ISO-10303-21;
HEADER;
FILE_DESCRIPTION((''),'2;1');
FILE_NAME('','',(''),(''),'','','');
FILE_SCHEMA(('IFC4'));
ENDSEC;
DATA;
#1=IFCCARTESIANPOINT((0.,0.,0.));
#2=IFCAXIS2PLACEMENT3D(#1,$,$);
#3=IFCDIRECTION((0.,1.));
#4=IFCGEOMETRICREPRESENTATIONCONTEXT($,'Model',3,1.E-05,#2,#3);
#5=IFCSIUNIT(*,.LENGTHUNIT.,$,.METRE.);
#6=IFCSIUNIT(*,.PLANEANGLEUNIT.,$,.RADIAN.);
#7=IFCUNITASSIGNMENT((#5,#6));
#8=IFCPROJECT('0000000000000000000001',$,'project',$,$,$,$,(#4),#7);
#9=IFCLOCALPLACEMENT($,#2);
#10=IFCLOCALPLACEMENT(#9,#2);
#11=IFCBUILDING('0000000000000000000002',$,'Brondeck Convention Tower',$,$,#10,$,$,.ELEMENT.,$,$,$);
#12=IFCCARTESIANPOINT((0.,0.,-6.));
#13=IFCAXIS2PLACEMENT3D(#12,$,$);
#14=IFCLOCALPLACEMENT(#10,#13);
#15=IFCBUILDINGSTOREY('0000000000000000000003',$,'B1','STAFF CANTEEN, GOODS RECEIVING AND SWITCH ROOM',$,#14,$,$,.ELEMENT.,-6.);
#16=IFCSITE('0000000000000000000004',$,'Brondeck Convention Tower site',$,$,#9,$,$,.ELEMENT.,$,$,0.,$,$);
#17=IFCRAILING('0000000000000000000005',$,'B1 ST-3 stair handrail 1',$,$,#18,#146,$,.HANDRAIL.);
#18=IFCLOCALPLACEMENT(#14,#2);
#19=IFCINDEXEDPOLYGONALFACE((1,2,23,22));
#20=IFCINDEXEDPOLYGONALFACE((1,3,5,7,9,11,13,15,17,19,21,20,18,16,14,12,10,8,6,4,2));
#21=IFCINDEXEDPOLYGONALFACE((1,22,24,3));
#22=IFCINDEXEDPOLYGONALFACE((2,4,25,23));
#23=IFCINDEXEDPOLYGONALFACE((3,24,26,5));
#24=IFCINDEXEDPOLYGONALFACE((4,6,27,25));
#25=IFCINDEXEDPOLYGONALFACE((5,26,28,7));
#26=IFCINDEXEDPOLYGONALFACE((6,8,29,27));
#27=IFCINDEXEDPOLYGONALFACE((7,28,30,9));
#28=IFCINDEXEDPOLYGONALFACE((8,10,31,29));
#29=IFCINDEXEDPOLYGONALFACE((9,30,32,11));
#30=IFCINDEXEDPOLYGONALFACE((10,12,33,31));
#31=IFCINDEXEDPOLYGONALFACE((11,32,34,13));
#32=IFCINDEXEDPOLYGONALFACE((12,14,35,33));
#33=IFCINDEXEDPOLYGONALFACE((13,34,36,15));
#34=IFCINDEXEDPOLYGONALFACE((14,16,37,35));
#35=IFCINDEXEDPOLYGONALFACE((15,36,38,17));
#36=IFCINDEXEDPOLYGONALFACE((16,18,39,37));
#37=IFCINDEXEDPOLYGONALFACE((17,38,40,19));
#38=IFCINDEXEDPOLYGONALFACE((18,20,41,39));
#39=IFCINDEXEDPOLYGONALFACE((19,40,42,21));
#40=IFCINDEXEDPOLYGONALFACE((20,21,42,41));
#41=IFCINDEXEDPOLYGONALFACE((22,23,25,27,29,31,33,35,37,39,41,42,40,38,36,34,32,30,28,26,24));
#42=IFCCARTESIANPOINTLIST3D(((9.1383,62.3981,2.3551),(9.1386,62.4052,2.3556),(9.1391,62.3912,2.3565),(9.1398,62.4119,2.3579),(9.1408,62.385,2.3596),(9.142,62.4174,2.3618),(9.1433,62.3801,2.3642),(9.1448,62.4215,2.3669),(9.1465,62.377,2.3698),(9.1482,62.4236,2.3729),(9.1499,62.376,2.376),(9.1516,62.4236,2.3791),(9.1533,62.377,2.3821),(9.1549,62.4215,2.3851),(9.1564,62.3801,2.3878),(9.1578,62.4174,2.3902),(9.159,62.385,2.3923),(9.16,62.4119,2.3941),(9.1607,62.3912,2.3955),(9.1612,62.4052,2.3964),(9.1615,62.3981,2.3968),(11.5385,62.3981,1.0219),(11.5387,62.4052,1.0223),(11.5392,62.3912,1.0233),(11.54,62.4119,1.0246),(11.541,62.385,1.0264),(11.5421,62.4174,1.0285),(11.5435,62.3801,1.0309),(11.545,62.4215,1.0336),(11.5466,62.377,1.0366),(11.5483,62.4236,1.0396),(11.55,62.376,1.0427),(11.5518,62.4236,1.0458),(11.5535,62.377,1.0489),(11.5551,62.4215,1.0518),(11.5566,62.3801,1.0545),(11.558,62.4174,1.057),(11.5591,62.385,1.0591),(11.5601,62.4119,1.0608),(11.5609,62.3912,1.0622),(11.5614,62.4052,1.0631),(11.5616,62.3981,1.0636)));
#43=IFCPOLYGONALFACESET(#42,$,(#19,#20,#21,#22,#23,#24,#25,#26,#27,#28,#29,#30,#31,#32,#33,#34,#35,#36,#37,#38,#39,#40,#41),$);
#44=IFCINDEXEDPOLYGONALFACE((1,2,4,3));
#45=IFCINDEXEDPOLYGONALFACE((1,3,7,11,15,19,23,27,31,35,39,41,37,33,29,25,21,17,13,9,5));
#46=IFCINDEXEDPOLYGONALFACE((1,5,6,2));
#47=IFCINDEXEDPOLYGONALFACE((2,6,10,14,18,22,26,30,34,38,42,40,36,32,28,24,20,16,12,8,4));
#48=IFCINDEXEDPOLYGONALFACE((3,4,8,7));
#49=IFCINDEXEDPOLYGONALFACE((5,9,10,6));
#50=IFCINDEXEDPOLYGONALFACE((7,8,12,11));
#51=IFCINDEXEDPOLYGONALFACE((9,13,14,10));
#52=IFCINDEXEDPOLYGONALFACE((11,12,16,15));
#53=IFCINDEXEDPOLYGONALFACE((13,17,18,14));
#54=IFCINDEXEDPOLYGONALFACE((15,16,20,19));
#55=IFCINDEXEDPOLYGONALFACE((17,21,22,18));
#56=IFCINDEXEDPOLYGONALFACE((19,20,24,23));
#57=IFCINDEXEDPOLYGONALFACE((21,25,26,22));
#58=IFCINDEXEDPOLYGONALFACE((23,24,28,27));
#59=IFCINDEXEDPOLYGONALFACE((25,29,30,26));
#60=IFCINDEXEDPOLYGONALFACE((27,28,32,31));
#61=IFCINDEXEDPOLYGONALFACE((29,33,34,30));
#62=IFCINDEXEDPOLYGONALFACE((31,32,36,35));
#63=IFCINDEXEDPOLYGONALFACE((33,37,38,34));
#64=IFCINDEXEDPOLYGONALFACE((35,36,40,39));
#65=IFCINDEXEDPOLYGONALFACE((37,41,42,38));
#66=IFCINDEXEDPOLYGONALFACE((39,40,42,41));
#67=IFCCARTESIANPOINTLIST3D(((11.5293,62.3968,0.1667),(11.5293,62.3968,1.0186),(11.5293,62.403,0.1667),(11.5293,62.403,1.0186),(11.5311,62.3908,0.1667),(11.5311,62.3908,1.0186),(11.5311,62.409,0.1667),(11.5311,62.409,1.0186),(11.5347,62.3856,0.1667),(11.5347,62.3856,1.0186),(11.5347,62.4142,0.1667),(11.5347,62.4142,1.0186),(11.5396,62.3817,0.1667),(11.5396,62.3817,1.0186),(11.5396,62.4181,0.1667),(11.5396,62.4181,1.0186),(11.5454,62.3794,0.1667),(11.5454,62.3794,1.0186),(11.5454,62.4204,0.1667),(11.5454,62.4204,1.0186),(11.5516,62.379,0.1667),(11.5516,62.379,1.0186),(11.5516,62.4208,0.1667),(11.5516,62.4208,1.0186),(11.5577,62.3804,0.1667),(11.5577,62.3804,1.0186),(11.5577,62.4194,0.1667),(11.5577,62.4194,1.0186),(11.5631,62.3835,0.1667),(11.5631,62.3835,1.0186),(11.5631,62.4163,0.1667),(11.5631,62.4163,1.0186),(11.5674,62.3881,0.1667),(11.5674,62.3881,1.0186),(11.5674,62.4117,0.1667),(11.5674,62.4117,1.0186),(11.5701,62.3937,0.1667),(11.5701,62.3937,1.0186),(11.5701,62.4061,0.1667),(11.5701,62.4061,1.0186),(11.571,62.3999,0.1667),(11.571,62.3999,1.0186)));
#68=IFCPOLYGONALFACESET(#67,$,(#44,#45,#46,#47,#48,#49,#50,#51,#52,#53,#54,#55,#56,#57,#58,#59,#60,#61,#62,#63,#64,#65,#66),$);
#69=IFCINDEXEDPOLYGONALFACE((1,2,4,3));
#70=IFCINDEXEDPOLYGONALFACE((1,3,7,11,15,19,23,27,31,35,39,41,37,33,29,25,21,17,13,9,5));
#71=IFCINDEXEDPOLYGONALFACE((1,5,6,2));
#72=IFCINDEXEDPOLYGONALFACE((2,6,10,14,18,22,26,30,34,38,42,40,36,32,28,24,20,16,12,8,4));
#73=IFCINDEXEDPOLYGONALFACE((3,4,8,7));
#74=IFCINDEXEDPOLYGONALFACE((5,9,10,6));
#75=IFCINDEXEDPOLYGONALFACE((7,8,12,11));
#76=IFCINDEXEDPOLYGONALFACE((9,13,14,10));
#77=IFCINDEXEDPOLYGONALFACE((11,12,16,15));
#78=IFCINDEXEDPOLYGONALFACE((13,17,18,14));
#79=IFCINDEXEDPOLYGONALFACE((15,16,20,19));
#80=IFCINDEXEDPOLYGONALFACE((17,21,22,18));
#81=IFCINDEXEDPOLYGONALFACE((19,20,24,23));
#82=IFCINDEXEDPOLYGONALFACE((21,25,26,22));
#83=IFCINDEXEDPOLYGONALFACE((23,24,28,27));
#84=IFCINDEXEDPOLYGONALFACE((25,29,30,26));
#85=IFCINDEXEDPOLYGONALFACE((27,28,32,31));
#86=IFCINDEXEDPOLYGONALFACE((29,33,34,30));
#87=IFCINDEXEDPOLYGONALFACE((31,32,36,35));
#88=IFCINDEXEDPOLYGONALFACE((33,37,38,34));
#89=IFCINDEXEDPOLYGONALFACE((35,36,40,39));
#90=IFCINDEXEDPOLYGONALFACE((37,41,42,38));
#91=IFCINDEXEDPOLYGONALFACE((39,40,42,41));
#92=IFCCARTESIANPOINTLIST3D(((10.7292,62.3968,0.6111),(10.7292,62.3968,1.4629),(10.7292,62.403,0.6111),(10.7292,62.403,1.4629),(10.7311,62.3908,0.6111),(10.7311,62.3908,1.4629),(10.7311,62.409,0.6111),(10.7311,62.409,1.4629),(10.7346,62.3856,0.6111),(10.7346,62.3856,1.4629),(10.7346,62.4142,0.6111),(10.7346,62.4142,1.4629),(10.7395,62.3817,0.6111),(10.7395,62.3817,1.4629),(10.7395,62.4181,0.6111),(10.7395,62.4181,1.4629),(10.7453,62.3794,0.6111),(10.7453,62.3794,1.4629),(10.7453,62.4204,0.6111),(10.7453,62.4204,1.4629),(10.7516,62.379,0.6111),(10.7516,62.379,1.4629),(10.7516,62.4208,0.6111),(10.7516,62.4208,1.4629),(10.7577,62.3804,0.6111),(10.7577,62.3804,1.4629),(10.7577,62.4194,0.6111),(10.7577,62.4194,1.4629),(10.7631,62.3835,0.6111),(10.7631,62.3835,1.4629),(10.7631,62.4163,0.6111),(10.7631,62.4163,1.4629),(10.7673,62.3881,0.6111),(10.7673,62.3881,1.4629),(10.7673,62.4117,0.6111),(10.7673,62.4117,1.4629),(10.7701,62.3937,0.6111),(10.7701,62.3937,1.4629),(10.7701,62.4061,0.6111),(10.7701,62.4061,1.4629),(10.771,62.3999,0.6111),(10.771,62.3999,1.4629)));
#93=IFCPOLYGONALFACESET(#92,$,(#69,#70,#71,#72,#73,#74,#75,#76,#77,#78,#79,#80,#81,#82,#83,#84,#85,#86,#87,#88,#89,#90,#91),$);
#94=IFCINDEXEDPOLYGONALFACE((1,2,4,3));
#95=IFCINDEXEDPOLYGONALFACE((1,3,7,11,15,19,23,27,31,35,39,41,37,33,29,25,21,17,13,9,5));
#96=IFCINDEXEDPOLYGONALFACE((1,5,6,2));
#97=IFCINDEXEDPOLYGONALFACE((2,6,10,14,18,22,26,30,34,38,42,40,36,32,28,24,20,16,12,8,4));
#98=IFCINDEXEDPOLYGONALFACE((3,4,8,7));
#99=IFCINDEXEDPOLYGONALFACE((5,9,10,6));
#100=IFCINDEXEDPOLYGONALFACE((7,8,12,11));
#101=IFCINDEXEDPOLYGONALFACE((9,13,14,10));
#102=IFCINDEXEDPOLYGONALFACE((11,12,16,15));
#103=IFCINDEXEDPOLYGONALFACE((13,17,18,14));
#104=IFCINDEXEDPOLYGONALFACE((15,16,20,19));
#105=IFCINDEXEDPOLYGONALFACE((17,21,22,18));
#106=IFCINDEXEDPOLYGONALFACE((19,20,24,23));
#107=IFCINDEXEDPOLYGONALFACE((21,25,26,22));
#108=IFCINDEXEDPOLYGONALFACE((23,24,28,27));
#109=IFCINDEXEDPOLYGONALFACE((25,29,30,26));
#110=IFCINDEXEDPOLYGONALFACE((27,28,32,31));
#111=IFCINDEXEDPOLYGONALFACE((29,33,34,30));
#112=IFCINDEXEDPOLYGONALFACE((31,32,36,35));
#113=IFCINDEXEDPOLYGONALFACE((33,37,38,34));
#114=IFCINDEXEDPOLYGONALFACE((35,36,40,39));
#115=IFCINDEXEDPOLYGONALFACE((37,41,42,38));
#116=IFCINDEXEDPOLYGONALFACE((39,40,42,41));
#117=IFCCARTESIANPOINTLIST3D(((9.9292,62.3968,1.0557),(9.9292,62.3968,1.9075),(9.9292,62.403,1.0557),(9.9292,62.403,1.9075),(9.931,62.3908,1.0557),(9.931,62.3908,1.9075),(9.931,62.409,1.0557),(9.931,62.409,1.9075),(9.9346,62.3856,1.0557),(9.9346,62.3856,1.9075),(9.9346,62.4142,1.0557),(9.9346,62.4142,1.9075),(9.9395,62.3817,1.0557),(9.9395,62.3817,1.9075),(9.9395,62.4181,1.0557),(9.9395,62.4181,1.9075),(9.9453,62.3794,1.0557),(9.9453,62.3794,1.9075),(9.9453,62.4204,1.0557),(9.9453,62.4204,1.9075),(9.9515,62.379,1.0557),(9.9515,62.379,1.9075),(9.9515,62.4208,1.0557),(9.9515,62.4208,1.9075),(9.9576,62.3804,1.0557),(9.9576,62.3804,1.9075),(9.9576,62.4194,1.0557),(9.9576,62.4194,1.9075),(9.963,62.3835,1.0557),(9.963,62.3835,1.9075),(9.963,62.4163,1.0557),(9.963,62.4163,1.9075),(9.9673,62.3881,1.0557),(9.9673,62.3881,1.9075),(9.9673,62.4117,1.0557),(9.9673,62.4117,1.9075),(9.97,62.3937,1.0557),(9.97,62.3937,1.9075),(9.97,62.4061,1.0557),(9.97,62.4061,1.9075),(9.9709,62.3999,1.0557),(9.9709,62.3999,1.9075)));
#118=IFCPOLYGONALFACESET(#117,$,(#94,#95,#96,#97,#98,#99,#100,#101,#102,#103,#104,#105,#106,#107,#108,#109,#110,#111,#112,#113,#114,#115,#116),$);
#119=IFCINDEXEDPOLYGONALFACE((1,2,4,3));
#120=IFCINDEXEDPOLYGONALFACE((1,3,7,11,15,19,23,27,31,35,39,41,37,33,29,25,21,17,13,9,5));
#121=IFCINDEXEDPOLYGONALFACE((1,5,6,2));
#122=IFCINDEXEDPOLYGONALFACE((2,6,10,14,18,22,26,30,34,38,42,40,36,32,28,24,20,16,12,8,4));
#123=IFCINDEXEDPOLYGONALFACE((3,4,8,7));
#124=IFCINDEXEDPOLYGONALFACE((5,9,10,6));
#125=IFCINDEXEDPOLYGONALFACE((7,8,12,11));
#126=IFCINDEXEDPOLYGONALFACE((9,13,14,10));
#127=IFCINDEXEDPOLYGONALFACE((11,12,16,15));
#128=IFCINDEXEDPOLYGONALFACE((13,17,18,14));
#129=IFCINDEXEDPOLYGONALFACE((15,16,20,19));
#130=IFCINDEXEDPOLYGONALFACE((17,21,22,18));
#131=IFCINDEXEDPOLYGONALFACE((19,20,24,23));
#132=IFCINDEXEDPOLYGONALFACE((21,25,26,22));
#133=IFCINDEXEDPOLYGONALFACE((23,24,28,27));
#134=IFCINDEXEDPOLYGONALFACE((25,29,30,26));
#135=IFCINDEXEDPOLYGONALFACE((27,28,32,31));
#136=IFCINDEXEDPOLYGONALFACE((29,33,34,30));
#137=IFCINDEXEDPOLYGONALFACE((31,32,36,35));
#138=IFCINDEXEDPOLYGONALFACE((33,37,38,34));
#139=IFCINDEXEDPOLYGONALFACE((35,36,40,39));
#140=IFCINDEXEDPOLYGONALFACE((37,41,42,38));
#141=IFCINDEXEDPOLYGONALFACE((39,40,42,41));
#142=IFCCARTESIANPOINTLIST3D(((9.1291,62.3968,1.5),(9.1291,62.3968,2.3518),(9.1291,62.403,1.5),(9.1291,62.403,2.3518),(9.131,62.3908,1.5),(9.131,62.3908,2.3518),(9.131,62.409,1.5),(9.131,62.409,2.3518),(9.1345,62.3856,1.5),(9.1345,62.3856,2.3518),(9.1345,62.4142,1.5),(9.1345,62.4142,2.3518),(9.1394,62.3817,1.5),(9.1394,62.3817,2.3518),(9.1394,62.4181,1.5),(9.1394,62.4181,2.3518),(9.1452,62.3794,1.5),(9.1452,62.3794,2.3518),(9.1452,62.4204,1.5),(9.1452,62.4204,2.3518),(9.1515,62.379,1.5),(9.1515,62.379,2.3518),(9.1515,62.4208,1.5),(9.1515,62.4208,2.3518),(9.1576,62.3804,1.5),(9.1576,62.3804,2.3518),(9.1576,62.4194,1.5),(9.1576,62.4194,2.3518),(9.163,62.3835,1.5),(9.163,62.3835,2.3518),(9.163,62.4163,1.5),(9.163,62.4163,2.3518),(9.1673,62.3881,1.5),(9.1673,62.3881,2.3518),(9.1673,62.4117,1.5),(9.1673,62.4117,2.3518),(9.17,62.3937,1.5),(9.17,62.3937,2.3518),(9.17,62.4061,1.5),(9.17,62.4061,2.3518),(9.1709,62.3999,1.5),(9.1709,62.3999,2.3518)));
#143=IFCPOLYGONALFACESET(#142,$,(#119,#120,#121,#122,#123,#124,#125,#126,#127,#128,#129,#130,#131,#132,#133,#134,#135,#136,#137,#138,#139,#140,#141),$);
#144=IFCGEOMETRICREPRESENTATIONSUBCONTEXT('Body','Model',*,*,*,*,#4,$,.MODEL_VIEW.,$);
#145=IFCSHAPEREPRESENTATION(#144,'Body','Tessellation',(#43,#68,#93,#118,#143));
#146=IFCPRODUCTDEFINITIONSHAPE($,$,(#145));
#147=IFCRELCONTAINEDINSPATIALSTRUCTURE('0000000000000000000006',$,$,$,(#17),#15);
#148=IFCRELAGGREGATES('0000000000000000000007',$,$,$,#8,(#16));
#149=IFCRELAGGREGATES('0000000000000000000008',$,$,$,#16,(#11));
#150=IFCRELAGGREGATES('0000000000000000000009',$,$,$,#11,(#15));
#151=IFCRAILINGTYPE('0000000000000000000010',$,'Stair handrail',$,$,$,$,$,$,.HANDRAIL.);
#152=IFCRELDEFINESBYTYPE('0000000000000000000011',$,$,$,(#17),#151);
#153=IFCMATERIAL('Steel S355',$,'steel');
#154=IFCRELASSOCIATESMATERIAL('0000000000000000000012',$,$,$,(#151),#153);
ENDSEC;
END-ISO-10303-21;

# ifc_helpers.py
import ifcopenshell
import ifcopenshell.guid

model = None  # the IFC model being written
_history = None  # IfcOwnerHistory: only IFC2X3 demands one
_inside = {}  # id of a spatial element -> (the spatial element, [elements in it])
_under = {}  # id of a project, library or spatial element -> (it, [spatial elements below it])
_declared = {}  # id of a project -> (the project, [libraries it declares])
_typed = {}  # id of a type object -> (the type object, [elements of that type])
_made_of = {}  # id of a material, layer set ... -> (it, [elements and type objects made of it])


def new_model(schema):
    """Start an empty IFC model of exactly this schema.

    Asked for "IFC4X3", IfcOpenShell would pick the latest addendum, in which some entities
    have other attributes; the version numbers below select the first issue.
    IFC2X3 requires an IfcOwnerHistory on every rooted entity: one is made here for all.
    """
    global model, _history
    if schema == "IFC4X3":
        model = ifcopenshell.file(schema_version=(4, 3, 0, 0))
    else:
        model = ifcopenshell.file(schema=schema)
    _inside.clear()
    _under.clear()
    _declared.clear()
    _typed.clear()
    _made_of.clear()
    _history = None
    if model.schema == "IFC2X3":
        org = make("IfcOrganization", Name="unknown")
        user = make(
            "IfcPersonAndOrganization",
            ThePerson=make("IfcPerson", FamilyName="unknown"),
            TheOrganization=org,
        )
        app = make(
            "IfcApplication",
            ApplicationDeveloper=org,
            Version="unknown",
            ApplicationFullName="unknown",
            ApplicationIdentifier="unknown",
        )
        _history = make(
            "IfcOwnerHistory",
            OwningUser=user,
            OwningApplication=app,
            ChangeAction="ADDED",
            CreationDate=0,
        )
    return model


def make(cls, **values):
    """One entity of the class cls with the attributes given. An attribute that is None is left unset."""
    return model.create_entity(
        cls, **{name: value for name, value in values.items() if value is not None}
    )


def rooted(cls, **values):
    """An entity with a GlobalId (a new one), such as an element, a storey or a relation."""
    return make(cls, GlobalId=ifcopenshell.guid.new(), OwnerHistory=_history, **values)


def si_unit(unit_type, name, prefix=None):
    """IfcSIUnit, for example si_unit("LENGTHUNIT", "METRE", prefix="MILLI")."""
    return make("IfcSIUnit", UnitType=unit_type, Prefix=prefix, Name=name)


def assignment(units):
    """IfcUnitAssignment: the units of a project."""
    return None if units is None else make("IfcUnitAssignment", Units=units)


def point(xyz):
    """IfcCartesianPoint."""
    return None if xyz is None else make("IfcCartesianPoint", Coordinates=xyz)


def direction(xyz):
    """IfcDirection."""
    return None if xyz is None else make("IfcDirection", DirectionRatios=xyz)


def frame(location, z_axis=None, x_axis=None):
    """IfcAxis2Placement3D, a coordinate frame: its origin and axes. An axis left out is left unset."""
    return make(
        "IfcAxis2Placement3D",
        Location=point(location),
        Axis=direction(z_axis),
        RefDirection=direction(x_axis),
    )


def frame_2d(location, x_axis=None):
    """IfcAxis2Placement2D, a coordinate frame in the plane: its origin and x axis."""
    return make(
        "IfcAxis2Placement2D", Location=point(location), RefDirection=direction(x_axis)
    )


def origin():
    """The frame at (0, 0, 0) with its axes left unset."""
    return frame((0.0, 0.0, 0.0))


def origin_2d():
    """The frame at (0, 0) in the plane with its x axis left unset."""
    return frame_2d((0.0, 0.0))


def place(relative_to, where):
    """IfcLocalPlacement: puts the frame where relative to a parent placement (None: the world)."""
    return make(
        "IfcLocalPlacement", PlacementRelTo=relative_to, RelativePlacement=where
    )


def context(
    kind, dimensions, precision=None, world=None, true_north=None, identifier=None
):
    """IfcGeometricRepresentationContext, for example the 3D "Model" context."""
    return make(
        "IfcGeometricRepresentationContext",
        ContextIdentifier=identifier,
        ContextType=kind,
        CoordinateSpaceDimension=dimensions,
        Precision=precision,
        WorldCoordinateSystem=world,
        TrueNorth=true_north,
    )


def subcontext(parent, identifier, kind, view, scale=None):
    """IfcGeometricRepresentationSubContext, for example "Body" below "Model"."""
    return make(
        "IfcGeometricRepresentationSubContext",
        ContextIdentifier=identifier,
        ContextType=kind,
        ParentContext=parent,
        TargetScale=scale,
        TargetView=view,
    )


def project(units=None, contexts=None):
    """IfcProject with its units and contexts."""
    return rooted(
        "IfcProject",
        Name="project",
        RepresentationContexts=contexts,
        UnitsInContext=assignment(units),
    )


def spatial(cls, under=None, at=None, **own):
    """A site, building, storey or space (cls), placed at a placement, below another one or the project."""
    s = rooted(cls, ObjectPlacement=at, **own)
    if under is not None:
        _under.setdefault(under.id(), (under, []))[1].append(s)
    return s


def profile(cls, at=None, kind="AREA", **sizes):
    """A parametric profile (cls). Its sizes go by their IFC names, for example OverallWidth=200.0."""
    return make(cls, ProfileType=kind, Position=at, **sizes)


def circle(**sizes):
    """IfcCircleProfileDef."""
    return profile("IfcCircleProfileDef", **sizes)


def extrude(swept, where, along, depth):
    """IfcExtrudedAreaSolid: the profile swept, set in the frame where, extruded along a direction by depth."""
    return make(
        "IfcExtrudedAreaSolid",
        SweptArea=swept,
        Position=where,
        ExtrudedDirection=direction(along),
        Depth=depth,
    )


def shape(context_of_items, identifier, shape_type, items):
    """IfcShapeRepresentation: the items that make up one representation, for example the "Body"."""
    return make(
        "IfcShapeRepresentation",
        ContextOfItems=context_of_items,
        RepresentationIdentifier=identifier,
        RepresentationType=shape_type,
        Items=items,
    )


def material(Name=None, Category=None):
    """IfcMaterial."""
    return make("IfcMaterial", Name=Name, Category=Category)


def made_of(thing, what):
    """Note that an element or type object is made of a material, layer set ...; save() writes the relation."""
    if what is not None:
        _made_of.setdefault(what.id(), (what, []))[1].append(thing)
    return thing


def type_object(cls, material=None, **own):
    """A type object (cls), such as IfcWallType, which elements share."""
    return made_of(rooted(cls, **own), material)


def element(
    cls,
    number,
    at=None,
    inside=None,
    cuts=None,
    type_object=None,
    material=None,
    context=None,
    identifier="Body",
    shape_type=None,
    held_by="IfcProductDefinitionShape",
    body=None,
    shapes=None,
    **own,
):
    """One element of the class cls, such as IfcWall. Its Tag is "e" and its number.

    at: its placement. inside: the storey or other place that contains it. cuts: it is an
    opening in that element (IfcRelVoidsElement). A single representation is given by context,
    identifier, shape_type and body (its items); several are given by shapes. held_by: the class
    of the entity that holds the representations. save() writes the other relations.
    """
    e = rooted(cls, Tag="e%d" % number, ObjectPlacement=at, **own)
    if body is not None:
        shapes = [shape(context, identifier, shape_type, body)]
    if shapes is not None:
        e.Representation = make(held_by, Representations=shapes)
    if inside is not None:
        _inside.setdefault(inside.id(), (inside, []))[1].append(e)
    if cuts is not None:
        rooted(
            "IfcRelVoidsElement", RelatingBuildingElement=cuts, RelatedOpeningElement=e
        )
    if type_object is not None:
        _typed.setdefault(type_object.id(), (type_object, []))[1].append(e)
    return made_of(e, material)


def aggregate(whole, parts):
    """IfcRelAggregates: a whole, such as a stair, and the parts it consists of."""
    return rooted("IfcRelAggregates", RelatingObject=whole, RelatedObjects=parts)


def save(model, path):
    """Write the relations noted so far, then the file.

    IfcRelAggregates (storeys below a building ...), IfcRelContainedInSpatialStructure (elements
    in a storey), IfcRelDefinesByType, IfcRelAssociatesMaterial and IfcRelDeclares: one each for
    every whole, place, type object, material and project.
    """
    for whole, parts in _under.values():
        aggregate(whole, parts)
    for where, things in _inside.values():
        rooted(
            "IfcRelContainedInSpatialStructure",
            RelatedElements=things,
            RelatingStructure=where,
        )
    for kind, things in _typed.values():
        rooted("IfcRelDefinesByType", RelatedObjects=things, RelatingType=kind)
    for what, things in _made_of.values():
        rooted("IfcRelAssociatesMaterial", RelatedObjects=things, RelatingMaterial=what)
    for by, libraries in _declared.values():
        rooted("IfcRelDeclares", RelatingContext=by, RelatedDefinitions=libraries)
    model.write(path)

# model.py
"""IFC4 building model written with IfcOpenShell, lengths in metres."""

from ifc_helpers import new_model, si_unit, direction, frame, origin, origin_2d, place, context, subcontext, project, spatial, circle, extrude, material, type_object, element, save


model = new_model("IFC4")

# Units and contexts
model_context = context("Model", 3, precision=1e-05, world=origin(), true_north=direction((0.0, 1.0)))
body_context = subcontext(model_context, "Body", "Model", "MODEL_VIEW")
ifc_project = project(units=[si_unit("LENGTHUNIT", "METRE"), si_unit("PLANEANGLEUNIT", "RADIAN")], contexts=[model_context])

# Site, building, storey
site_placement = place(None, origin())
site = spatial("IfcSite", under=ifc_project, at=site_placement, Name="Brondeck Convention Tower site", CompositionType="ELEMENT", RefElevation=0.0)
building_placement = place(site_placement, origin())
building = spatial("IfcBuilding", under=site, at=building_placement, Name="Brondeck Convention Tower", CompositionType="ELEMENT")
storey_placement = place(building_placement, frame((0.0, 0.0, -6.0)))
storey = spatial("IfcBuildingStorey", under=building, at=storey_placement, Name="B1", Description="STAFF CANTEEN, GOODS RECEIVING AND SWITCH ROOM", CompositionType="ELEMENT", Elevation=-6.0)

# Shared definitions
ifc_material_1 = material(Name="Steel S355", Category="steel")

# Railing
railing_type_1 = type_object("IfcRailingType", Name="Stair handrail", PredefinedType="HANDRAIL", material=ifc_material_1)
railing_1_placement = place(storey_placement, frame((11.55, 62.3999, 0.1667)))
element("IfcRailing", 1, at=railing_1_placement, inside=storey, type_object=railing_type_1, Name="B1 ST-3 stair handrail 1", PredefinedType="HANDRAIL", context=body_context, shape_type="SweptSolid", body=[
    extrude(circle(Radius=0.0239, at=origin_2d()), frame((0.0, 0.0, 0.876), z_axis=(-0.874182, 0.0, 0.485598), x_axis=(0.0, -1.0, 0.0)), (0.0, 0.0, 1.0), 2.7456),
    extrude(circle(Radius=0.021, at=origin_2d()), origin(), (0.0, 0.0, 1.0), 0.8518),
    extrude(circle(Radius=0.021, at=origin_2d()), frame((-0.8, 0.0, 0.4443)), (0.0, 0.0, 1.0), 0.8518),
    extrude(circle(Radius=0.021, at=origin_2d()), frame((-1.6001, 0.0, 0.8889)), (0.0, 0.0, 1.0), 0.8518),
    extrude(circle(Radius=0.021, at=origin_2d()), frame((-2.4001, 0.0, 1.3333)), (0.0, 0.0, 1.0), 0.8518),
])

save(model, "model.ifc")
